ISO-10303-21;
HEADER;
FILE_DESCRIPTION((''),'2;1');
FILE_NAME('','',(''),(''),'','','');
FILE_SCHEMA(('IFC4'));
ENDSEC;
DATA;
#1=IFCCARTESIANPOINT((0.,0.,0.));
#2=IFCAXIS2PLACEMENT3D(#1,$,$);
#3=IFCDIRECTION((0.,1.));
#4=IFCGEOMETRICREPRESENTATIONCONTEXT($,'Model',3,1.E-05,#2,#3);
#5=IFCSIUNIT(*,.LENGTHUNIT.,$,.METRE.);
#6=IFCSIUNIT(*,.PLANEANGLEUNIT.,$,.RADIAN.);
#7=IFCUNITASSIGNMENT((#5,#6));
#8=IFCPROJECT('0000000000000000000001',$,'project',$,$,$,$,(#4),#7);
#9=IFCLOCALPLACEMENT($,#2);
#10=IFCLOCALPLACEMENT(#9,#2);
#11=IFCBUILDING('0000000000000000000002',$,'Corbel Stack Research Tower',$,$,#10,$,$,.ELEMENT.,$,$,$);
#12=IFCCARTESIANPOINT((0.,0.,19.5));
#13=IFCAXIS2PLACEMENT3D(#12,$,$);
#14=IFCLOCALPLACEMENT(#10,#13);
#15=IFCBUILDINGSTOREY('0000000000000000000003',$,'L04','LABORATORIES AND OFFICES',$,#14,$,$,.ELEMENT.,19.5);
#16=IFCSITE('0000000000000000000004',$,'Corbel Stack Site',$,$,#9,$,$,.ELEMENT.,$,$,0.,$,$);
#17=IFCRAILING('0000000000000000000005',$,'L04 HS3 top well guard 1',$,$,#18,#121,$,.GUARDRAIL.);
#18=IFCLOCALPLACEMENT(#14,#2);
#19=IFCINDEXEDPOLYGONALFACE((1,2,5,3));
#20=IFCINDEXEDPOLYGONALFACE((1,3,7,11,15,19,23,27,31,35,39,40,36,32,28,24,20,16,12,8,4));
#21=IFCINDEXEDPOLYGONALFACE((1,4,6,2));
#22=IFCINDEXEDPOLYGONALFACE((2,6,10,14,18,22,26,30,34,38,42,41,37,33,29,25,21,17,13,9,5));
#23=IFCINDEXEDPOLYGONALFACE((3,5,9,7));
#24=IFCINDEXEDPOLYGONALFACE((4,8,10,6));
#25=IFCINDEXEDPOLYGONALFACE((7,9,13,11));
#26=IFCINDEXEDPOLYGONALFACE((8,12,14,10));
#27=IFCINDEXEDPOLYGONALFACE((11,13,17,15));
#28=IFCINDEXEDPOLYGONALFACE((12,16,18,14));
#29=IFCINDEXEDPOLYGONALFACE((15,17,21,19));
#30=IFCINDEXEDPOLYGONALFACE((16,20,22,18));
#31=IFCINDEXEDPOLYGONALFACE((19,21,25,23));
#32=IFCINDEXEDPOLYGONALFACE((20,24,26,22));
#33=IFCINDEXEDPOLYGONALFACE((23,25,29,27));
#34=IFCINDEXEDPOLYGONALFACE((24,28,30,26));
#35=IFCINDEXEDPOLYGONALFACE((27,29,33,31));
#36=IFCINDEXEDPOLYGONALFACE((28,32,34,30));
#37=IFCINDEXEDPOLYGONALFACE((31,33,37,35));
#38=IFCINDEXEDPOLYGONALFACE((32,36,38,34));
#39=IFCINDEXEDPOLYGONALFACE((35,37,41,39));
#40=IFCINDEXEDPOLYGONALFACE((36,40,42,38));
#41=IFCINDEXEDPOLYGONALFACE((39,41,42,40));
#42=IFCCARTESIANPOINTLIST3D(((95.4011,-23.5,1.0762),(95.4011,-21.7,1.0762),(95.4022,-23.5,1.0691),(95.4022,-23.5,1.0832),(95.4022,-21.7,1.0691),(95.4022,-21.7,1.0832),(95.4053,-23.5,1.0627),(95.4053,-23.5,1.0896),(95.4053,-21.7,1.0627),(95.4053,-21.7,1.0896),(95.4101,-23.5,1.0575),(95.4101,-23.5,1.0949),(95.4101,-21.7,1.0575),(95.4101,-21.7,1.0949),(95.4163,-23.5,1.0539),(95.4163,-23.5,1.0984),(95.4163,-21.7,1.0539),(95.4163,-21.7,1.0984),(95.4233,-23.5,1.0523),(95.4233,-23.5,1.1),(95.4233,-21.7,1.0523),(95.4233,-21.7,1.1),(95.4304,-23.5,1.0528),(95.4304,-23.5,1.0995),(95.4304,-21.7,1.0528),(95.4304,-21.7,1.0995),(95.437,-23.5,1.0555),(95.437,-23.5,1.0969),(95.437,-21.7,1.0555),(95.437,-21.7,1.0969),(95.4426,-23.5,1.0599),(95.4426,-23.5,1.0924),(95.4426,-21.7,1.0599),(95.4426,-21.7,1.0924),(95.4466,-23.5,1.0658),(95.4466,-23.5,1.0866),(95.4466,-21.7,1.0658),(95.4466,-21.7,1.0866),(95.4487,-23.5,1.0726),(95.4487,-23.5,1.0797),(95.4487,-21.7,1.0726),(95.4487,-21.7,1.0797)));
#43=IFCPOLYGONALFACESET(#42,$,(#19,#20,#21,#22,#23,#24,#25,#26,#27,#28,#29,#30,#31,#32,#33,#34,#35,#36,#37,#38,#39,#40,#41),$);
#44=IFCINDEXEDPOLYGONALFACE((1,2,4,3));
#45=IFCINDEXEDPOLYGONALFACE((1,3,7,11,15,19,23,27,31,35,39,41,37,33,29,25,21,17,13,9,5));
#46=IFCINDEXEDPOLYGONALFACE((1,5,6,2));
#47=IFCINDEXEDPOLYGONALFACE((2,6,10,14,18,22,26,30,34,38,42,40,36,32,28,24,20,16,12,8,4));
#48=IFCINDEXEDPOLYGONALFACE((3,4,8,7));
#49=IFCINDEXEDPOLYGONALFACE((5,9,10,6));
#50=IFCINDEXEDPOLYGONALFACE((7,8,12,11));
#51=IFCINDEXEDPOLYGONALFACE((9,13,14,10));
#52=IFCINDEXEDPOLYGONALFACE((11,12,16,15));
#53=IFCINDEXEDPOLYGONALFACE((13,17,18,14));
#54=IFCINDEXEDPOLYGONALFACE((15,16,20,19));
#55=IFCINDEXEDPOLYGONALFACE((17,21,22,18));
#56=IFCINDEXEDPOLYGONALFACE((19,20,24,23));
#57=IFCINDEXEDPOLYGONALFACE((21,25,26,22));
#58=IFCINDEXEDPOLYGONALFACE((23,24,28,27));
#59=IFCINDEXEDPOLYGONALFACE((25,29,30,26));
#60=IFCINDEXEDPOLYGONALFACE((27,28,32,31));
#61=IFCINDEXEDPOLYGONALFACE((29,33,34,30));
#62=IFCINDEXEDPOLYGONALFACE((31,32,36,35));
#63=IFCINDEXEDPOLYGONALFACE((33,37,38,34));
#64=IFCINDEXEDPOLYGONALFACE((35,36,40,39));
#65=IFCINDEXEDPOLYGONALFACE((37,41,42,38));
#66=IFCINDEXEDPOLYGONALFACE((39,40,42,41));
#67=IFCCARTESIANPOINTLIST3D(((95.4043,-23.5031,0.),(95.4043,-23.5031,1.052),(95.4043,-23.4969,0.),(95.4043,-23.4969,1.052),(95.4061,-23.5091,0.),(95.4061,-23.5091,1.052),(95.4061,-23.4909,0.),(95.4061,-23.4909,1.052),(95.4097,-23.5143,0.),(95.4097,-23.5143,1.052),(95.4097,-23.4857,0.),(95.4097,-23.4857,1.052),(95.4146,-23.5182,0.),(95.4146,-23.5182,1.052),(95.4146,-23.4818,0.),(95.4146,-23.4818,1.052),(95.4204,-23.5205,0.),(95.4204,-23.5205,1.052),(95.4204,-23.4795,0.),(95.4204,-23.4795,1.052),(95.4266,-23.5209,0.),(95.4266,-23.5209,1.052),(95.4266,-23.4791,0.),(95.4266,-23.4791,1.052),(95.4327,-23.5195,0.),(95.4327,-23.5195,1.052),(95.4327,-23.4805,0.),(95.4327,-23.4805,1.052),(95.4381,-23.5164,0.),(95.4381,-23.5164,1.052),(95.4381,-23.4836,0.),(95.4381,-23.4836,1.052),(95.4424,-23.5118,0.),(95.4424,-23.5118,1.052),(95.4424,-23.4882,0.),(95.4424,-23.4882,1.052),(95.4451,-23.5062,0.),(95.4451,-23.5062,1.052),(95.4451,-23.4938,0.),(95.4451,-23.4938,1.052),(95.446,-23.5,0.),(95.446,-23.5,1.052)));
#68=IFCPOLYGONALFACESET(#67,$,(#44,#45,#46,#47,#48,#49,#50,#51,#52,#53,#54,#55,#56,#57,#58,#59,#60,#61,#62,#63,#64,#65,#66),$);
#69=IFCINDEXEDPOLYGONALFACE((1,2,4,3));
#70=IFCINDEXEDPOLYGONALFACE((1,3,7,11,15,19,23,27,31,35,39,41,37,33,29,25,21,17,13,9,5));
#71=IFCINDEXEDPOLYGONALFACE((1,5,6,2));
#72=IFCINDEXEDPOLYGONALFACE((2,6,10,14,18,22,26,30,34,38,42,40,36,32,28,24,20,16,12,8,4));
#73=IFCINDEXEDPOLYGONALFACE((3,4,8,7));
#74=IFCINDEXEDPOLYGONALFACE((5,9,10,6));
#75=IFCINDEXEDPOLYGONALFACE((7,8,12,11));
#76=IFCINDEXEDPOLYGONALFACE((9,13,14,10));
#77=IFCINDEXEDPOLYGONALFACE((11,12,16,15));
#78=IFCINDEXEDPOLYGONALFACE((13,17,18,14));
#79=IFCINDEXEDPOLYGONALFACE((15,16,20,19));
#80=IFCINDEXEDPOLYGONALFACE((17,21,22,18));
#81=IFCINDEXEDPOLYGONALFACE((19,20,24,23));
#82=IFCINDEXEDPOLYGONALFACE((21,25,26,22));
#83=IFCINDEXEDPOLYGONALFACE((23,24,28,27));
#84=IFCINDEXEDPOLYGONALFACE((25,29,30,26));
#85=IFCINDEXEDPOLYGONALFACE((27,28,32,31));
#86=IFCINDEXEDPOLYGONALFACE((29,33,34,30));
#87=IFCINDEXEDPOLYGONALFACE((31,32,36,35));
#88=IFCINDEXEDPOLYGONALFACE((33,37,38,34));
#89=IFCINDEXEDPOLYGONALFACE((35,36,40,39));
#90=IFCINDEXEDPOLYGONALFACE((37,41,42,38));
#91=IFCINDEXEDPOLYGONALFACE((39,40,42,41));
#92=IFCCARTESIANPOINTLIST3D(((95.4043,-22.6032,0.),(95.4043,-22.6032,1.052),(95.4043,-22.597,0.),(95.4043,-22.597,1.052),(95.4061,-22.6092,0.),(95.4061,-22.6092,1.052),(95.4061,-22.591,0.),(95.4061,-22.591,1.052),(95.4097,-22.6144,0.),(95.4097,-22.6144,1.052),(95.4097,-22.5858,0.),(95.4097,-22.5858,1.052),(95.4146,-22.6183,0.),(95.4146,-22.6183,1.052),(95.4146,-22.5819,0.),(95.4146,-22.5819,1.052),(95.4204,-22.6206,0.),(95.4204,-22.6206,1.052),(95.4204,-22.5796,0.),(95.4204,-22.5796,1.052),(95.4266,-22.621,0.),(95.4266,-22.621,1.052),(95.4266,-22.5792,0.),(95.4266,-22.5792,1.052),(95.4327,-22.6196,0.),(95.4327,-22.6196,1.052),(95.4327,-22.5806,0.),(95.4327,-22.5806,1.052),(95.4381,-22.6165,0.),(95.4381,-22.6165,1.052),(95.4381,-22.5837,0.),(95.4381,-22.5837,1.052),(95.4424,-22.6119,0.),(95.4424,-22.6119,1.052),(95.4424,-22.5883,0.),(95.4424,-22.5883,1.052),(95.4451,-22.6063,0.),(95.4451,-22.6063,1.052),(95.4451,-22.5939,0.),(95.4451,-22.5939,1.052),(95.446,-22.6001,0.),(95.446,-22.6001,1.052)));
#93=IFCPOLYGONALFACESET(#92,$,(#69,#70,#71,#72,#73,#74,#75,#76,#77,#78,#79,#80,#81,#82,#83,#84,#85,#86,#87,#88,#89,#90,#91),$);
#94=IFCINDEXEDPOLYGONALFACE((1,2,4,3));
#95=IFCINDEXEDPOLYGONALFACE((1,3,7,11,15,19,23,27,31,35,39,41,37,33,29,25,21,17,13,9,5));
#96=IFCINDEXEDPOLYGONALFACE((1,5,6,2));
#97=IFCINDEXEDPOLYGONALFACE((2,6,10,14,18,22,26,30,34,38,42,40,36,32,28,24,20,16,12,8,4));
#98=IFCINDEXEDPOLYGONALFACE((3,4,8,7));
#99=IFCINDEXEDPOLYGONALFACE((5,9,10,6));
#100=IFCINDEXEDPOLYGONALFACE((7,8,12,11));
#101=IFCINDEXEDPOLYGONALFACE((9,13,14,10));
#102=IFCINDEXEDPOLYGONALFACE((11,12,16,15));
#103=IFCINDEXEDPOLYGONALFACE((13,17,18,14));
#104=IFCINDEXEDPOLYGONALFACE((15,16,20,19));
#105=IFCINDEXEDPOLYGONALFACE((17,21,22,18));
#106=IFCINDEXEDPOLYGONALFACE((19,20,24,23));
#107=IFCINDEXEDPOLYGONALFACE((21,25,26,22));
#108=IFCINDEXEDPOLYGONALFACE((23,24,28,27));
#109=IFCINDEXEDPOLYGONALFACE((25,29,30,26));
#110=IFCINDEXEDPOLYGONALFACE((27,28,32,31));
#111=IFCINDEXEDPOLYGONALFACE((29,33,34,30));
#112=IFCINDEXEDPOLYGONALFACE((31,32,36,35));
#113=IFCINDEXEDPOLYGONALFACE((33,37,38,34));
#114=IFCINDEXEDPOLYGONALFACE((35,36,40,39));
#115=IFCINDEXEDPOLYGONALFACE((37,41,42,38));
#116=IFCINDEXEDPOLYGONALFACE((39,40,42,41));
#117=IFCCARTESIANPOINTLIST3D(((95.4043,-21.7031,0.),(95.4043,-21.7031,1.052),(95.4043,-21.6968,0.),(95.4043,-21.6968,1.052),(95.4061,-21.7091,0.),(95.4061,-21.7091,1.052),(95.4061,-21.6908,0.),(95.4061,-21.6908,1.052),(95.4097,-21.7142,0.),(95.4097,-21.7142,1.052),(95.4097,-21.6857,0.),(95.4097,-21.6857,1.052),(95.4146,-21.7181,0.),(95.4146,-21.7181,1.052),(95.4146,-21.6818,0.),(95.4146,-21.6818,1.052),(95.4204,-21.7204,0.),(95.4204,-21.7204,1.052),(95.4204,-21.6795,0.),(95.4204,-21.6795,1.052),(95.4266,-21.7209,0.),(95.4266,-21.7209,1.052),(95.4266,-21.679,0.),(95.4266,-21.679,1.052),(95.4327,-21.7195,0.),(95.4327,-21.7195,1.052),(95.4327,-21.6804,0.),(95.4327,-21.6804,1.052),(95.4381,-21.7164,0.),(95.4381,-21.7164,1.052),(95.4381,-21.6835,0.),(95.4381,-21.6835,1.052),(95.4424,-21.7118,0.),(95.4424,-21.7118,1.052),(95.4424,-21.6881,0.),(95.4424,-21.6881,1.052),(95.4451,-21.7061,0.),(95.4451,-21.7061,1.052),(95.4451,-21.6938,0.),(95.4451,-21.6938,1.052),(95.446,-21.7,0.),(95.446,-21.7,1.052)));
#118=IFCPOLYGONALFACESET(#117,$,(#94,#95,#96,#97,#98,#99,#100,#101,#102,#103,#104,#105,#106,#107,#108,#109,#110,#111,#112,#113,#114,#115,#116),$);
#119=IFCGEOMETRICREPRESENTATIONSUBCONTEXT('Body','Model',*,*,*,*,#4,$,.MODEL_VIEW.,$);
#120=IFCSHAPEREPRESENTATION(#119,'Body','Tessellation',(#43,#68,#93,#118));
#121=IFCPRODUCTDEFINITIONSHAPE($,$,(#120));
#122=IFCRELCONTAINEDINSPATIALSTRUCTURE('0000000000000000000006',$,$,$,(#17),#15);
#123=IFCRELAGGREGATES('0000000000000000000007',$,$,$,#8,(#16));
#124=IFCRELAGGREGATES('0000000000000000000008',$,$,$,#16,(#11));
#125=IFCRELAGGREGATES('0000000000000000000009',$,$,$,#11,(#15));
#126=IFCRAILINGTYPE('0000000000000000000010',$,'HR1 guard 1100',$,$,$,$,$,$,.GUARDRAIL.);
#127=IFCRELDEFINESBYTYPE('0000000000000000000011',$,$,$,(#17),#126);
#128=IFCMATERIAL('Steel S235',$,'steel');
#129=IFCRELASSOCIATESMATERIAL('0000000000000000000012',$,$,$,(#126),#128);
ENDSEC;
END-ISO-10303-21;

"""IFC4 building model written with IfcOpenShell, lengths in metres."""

from ifc_helpers import new_model, si_unit, direction, frame, origin, origin_2d, place, context, subcontext, project, spatial, circle, extrude, material, type_object, element, save


model = new_model("IFC4")

# Units and contexts
model_context = context("Model", 3, precision=1e-05, world=origin(), true_north=direction((0.0, 1.0)))
body_context = subcontext(model_context, "Body", "Model", "MODEL_VIEW")
ifc_project = project(units=[si_unit("LENGTHUNIT", "METRE"), si_unit("PLANEANGLEUNIT", "RADIAN")], contexts=[model_context])

# Site, building, storey
site_placement = place(None, origin())
site = spatial("IfcSite", under=ifc_project, at=site_placement, Name="Corbel Stack Site", CompositionType="ELEMENT", RefElevation=0.0)
building_placement = place(site_placement, origin())
building = spatial("IfcBuilding", under=site, at=building_placement, Name="Corbel Stack Research Tower", CompositionType="ELEMENT")
storey_placement = place(building_placement, frame((0.0, 0.0, 19.5)))
storey = spatial("IfcBuildingStorey", under=building, at=storey_placement, Name="L04", Description="LABORATORIES AND OFFICES", CompositionType="ELEMENT", Elevation=19.5)

# Railing
ifc_material_1 = material(Name="Steel S235", Category="steel")
railing_type = type_object("IfcRailingType", Name="HR1 guard 1100", PredefinedType="GUARDRAIL", material=ifc_material_1)
railing_1_placement = place(storey_placement, frame((95.425, -23.5, 0.0)))
element("IfcRailing", 1, at=railing_1_placement, inside=storey, type_object=railing_type, Name="L04 HS3 top well guard 1", PredefinedType="GUARDRAIL", context=body_context, shape_type="SweptSolid", body=[
    extrude(circle(Radius=0.0239, at=origin_2d()), frame((0.0, 0.0, 1.0762), z_axis=(0.0, 1.0, 0.0), x_axis=(-1.0, 0.0, 0.0)), (0.0, 0.0, 1.0), 1.8),
    extrude(circle(Radius=0.021, at=origin_2d()), origin(), (0.0, 0.0, 1.0), 1.052),
    extrude(circle(Radius=0.021, at=origin_2d()), frame((0.0, 0.8999, 0.0)), (0.0, 0.0, 1.0), 1.052),
    extrude(circle(Radius=0.021, at=origin_2d()), frame((0.0, 1.8, 0.0)), (0.0, 0.0, 1.0), 1.052),
])

save(model, "model.ifc")
